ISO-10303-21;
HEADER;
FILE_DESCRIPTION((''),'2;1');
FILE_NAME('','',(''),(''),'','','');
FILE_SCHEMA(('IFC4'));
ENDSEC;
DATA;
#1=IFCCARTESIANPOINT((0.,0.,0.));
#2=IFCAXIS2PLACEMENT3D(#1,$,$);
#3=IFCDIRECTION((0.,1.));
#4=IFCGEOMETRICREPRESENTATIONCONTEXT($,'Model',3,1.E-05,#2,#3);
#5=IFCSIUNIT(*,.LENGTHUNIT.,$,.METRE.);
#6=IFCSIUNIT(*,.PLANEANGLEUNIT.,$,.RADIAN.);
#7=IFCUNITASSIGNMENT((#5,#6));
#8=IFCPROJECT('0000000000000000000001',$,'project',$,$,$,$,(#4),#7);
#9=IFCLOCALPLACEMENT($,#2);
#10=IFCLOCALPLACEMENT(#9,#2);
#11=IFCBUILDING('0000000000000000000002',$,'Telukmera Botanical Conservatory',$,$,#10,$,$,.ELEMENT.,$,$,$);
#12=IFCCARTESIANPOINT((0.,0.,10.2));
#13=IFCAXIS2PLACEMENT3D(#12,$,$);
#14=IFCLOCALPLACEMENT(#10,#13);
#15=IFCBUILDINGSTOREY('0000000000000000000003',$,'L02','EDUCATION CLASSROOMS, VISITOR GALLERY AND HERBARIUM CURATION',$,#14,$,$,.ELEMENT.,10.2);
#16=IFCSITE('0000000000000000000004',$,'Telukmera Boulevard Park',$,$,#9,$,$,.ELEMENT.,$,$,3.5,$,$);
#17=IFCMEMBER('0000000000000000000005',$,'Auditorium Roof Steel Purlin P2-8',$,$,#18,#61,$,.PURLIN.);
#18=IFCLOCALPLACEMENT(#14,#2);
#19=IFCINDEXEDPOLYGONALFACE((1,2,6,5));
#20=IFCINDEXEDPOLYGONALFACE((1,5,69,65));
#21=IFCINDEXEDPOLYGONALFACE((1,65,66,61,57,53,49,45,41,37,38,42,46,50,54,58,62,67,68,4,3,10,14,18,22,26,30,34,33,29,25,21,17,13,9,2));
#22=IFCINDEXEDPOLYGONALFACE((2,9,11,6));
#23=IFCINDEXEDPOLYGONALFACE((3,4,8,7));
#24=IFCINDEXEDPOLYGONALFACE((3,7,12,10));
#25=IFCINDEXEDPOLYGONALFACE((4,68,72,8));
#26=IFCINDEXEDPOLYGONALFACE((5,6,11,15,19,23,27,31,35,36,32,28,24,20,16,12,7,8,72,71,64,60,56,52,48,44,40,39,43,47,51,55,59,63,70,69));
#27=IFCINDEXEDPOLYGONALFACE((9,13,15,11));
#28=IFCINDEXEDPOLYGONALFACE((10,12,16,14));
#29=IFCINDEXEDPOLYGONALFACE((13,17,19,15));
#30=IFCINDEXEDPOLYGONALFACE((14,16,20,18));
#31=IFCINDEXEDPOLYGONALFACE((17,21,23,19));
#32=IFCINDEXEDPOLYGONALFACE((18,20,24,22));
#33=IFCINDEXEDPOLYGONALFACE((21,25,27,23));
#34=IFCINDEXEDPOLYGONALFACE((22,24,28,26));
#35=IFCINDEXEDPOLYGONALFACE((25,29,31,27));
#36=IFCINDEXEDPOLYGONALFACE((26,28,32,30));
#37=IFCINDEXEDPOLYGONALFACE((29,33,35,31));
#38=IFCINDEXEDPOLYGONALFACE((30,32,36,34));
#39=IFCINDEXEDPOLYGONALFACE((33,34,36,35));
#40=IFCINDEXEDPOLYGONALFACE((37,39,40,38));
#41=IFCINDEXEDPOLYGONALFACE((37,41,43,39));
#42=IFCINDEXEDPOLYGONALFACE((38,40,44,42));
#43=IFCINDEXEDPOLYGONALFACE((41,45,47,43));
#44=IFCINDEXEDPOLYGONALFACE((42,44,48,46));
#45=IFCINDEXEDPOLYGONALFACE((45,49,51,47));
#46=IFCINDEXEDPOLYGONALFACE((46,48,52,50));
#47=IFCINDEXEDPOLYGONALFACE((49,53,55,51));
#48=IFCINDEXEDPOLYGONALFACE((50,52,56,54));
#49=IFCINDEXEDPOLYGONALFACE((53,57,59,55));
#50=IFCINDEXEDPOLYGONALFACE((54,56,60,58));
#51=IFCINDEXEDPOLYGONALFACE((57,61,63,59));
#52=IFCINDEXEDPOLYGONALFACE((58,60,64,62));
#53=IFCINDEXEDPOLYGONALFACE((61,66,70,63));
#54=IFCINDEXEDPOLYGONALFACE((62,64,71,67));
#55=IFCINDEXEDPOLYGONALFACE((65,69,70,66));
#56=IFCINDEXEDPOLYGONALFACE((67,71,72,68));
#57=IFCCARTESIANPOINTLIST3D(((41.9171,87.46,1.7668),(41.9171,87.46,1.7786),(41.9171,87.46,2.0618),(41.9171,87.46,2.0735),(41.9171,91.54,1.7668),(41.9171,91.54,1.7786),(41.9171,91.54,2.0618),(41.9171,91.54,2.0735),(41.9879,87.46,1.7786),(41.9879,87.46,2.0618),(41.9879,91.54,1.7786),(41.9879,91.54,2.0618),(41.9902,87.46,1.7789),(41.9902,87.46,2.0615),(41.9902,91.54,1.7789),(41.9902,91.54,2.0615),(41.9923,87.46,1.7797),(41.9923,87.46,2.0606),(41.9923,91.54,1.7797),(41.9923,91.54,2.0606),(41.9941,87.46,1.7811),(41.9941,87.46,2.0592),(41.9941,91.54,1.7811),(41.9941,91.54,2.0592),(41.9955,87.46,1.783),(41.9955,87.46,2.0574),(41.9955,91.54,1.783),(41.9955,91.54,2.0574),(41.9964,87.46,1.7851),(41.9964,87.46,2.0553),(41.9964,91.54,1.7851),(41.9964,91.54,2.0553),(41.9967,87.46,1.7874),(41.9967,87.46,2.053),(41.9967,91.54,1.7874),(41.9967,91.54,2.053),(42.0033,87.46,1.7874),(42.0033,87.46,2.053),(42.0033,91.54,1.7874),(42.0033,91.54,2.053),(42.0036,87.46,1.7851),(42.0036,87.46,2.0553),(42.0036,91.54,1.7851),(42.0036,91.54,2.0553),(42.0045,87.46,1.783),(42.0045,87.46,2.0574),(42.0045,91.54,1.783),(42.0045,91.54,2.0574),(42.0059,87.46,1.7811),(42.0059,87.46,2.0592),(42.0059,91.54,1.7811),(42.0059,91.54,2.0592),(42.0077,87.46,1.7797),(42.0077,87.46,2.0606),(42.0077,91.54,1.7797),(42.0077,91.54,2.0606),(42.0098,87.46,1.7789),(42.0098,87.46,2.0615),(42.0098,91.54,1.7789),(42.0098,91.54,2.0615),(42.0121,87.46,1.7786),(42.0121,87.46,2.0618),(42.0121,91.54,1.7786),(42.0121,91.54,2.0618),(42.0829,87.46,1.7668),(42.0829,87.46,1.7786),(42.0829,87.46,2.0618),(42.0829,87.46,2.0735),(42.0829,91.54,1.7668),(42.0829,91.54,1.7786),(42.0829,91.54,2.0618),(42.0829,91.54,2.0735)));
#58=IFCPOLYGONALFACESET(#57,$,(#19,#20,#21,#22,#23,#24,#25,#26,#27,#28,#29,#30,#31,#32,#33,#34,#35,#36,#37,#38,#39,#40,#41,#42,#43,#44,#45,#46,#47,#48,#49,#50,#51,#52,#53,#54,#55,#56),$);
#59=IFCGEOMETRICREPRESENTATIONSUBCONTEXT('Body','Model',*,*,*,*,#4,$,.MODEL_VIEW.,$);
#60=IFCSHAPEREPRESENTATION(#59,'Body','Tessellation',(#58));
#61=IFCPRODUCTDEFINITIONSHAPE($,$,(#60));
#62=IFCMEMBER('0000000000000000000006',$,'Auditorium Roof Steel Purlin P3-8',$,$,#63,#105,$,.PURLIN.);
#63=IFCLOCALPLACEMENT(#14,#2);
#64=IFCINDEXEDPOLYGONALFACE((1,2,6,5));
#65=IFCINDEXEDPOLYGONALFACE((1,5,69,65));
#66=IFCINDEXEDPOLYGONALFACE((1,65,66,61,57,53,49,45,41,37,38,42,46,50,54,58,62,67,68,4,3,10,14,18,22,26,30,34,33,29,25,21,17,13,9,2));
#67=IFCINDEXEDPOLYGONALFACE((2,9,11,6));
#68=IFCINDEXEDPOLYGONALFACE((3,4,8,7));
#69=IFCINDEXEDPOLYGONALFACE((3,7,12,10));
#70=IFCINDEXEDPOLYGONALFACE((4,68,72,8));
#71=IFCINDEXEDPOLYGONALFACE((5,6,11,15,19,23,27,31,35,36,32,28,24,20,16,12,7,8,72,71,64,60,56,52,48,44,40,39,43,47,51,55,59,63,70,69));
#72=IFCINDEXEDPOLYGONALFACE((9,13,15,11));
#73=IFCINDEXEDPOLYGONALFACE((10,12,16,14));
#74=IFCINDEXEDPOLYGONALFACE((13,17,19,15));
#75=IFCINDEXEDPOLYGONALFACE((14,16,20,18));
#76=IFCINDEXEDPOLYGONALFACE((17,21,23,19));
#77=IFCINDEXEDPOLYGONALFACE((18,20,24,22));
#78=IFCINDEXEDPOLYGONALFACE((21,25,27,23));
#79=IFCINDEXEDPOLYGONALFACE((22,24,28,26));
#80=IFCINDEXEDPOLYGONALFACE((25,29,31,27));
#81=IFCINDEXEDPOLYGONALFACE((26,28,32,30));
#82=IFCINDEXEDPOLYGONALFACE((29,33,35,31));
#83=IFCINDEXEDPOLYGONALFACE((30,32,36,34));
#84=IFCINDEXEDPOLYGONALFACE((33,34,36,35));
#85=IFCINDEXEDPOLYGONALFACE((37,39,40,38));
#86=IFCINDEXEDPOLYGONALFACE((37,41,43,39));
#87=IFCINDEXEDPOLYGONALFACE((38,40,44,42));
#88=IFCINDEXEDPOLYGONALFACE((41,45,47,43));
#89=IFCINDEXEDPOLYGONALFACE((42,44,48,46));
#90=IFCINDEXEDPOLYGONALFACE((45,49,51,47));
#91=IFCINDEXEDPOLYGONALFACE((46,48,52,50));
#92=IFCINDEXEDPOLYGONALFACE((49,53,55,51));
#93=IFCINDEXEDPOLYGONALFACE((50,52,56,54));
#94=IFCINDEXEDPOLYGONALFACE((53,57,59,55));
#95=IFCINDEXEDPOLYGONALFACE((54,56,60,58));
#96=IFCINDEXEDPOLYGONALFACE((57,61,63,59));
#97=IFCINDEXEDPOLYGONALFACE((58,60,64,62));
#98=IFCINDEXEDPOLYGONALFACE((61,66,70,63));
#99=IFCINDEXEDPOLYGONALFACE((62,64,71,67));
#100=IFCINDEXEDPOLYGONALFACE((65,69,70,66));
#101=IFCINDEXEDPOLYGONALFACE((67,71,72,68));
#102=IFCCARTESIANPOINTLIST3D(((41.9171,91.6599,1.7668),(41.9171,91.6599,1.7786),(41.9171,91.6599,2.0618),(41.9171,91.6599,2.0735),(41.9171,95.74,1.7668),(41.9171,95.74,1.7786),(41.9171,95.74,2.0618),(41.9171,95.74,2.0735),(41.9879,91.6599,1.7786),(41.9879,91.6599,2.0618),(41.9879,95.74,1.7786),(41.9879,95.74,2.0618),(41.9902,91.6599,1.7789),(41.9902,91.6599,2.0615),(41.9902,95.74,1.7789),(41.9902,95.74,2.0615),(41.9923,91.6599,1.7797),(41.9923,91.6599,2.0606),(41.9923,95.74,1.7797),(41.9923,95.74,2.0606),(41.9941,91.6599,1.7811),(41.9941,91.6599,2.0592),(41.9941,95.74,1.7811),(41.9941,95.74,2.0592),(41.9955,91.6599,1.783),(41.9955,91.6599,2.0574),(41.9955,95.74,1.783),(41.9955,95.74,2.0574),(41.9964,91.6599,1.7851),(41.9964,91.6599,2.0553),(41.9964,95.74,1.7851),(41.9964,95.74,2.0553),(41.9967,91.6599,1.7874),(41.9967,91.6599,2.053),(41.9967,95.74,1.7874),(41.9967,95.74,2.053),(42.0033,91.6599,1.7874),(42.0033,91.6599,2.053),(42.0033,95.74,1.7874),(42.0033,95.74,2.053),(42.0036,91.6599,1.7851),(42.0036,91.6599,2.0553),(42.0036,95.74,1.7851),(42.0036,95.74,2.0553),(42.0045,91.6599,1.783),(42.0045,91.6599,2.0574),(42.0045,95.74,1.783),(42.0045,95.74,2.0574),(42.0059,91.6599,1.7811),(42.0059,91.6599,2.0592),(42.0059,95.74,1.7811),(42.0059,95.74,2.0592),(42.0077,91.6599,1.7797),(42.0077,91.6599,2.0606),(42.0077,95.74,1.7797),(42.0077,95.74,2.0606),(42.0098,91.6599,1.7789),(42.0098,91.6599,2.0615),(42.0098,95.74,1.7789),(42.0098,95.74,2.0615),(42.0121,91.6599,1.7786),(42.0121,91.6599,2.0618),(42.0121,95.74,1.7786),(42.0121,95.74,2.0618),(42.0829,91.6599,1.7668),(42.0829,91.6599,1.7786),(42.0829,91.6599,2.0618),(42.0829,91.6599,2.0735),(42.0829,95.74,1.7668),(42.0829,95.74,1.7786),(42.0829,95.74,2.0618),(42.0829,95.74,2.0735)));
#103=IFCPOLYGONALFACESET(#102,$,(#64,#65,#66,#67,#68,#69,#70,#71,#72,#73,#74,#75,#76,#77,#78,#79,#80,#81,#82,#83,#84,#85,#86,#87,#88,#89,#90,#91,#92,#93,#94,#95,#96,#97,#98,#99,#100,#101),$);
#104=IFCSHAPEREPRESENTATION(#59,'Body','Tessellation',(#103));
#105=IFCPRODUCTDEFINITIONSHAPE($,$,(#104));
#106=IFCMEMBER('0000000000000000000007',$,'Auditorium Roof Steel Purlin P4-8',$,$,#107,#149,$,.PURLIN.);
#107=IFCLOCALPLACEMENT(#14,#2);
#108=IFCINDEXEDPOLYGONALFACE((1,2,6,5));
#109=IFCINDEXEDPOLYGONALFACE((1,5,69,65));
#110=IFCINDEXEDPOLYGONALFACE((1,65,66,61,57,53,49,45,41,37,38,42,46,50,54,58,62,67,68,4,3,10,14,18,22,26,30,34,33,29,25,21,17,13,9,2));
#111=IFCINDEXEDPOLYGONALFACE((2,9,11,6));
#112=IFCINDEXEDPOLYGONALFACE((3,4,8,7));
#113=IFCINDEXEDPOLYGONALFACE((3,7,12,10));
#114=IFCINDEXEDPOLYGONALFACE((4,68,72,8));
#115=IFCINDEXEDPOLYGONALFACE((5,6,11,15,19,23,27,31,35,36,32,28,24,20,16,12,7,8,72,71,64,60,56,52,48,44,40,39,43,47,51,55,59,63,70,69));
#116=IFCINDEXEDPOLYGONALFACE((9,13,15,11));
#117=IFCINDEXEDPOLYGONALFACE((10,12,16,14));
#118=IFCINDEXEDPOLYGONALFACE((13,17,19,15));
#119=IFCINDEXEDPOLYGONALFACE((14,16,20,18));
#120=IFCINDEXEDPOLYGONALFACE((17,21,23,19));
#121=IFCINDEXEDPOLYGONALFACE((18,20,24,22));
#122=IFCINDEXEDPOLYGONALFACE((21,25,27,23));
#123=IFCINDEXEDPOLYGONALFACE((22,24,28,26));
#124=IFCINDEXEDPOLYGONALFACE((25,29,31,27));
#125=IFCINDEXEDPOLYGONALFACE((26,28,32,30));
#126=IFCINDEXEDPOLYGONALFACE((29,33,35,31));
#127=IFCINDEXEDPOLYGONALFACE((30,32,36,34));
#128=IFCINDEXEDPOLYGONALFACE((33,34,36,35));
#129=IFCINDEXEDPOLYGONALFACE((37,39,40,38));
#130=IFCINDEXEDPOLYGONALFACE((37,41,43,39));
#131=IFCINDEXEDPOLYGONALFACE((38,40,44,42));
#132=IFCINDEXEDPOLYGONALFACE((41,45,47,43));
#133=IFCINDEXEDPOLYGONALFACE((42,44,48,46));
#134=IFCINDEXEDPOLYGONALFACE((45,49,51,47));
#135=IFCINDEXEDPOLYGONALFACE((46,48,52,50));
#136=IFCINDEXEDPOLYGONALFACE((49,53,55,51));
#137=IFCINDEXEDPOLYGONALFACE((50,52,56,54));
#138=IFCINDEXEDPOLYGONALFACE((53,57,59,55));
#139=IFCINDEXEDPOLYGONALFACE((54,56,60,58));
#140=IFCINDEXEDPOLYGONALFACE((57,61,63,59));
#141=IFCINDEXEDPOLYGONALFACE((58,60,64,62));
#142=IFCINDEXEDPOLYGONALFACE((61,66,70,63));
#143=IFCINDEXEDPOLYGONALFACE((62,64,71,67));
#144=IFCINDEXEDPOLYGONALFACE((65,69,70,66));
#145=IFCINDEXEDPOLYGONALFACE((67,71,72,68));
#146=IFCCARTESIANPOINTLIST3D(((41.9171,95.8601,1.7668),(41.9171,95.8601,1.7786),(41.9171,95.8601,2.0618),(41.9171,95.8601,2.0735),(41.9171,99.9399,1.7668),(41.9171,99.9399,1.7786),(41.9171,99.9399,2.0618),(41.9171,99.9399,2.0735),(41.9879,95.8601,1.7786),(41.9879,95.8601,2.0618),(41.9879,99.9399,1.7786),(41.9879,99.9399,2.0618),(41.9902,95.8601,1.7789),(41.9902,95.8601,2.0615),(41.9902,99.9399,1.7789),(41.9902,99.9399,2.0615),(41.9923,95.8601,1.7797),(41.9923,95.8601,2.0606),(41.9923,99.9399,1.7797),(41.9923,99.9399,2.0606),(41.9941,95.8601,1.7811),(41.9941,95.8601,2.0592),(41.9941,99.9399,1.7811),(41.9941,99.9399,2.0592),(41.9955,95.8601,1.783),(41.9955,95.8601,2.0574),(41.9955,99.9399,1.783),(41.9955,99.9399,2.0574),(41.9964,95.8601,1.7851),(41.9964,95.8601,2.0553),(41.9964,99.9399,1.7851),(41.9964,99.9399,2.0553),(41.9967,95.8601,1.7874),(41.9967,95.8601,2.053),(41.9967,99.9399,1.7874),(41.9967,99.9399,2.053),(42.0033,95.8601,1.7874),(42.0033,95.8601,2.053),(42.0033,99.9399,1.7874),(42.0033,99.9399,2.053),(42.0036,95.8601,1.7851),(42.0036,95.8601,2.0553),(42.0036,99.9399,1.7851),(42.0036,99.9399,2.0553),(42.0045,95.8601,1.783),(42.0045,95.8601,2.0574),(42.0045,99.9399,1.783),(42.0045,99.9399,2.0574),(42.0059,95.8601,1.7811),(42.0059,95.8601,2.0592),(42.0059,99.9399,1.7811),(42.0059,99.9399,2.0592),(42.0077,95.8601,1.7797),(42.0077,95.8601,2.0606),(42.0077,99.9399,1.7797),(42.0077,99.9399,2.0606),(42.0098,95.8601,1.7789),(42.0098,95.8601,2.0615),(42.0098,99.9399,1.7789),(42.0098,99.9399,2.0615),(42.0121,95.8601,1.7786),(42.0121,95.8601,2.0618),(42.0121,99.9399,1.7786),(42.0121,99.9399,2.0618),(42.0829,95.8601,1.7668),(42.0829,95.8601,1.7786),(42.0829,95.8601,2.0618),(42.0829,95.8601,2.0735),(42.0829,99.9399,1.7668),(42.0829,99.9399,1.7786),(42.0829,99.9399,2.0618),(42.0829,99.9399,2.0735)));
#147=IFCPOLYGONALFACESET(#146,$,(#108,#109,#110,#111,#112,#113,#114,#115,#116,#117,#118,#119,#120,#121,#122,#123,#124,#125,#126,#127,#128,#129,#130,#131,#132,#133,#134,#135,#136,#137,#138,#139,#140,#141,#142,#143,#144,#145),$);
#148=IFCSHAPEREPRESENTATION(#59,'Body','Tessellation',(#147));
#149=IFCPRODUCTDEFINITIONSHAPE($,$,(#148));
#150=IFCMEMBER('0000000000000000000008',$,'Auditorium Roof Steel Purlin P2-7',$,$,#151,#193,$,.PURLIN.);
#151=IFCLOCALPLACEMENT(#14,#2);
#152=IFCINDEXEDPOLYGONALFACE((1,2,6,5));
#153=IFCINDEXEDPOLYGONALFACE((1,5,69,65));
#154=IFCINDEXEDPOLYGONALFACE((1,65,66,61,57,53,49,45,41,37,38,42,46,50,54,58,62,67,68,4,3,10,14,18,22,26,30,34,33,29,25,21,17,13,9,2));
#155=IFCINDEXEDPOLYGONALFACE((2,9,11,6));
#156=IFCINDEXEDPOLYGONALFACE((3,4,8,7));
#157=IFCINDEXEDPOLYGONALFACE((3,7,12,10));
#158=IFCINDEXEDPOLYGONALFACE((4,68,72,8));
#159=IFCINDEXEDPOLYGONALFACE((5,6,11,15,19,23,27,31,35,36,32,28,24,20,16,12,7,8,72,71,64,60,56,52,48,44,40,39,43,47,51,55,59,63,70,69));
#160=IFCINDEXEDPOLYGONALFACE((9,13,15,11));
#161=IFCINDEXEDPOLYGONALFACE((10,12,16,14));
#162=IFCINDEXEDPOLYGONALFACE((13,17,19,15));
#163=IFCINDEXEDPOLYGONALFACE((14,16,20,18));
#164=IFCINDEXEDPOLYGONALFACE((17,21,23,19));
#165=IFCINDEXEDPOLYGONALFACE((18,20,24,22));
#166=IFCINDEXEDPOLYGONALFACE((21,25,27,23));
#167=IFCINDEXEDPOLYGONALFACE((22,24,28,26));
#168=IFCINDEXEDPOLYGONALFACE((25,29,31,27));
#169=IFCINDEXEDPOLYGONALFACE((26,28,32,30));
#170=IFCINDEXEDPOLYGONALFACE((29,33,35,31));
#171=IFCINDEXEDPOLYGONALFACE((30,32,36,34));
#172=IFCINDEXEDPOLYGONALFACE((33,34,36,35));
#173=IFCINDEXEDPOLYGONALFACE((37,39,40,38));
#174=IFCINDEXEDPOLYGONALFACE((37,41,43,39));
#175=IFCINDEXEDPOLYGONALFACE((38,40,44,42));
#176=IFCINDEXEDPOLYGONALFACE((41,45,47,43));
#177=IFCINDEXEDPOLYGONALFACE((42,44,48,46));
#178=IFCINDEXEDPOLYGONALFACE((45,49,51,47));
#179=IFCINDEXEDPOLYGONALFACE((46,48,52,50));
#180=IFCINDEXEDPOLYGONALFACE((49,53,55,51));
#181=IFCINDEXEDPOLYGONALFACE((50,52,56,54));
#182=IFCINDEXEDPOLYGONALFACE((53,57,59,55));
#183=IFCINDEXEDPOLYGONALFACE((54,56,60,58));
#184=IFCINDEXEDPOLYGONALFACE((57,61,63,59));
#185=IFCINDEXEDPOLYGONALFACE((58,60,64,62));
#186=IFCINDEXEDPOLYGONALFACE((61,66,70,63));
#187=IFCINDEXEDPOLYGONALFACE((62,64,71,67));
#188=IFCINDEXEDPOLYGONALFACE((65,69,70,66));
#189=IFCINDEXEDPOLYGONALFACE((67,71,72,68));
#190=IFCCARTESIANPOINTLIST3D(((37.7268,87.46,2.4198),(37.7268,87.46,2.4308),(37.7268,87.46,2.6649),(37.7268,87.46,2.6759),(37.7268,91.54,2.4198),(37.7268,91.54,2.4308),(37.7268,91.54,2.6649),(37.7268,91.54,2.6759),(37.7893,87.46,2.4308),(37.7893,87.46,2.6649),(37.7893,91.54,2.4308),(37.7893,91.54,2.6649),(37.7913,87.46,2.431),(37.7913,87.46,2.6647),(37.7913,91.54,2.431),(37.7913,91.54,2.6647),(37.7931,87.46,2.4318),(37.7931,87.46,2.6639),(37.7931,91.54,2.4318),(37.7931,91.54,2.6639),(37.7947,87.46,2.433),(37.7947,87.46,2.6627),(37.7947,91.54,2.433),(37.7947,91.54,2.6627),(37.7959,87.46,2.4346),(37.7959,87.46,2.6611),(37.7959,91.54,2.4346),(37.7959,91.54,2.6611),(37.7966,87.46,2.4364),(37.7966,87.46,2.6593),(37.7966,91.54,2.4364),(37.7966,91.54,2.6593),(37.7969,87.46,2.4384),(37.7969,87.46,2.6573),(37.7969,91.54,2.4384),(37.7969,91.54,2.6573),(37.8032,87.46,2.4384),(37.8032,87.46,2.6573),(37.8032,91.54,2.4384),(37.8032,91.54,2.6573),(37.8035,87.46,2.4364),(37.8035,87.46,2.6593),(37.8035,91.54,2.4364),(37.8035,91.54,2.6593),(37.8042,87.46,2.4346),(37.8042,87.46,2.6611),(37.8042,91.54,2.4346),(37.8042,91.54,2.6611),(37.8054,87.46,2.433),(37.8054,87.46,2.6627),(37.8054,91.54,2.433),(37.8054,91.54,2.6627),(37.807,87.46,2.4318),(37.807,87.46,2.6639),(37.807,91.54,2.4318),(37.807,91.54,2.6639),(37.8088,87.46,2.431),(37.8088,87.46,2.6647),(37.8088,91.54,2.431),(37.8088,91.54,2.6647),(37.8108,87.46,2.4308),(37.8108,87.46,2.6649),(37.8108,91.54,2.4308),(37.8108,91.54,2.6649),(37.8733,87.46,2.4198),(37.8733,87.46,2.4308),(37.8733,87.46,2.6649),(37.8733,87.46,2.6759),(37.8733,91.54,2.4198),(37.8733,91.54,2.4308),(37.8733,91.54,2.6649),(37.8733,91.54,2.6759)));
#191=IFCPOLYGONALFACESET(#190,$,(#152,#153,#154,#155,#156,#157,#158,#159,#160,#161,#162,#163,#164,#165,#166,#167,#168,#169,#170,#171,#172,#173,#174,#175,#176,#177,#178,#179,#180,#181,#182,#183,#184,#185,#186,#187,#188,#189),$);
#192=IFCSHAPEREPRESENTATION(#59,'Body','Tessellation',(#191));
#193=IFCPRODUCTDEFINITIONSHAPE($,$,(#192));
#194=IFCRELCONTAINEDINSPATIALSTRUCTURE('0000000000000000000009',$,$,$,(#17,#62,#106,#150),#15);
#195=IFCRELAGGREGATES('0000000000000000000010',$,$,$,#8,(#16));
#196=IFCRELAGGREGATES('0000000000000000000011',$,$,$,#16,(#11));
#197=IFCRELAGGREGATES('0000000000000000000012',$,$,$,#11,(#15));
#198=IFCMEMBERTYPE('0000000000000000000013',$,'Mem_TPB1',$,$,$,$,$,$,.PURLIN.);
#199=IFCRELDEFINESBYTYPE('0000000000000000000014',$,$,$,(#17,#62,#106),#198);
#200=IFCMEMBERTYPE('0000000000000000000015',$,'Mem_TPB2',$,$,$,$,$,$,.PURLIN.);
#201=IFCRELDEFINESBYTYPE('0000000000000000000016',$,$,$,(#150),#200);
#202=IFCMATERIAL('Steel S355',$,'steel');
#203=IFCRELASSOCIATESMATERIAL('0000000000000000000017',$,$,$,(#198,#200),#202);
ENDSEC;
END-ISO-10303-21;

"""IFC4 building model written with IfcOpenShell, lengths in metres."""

from ifc_helpers import new_model, si_unit, direction, frame, origin, origin_2d, place, context, subcontext, project, spatial, i_section, extrude, material, material_profile, profile_set, type_object, element, save


model = new_model("IFC4")

# Units and contexts
model_context = context("Model", 3, precision=1e-05, world=origin(), true_north=direction((0.0, 1.0)))
body_context = subcontext(model_context, "Body", "Model", "MODEL_VIEW")
ifc_project = project(units=[si_unit("LENGTHUNIT", "METRE"), si_unit("PLANEANGLEUNIT", "RADIAN")], contexts=[model_context])

# Site, building, storey
site_placement = place(None, origin())
site = spatial("IfcSite", under=ifc_project, at=site_placement, Name="Telukmera Boulevard Park", CompositionType="ELEMENT", RefElevation=3.5)
building_placement = place(site_placement, origin())
building = spatial("IfcBuilding", under=site, at=building_placement, Name="Telukmera Botanical Conservatory", CompositionType="ELEMENT")
storey_placement = place(building_placement, frame((0.0, 0.0, 10.2)))
storey = spatial("IfcBuildingStorey", under=building, at=storey_placement, Name="L02", Description="EDUCATION CLASSROOMS, VISITOR GALLERY AND HERBARIUM CURATION", CompositionType="ELEMENT", Elevation=10.2)

# Members
ifc_material_1 = material(Name="Steel S355", Category="steel")
ifc_material_profile_1 = material_profile(ifc_material_1, i_section(OverallWidth=0.1658, OverallDepth=0.3066, WebThickness=0.0066, FlangeThickness=0.0117, FilletRadius=0.0088, at=origin_2d()), Name="UB 305x165x46")
ifc_profile_set_1 = profile_set([ifc_material_profile_1], Name="Steel S355")
member_type_1 = type_object("IfcMemberType", Name="Mem_TPB1", PredefinedType="PURLIN", material=ifc_profile_set_1)
for number, where, z_axis, x_axis, name in (
    (1, (42.0, 87.46, 1.9202), (0.0, 1.0, 0.0), (-1.0, 0.0, 0.0), "Auditorium Roof Steel Purlin P2-8"),
    (2, (42.0, 91.6599, 1.9202), (0.0, 1.0, 0.0), (-1.0, 0.0, 0.0), "Auditorium Roof Steel Purlin P3-8"),
):
    element("IfcMember", number, at=place(storey_placement, frame(where, z_axis=z_axis, x_axis=x_axis)), inside=storey, type_object=member_type_1, Name=name, PredefinedType="PURLIN", context=body_context, shape_type="SweptSolid", body=[
        extrude(i_section(OverallWidth=0.1658, OverallDepth=0.3066, WebThickness=0.0066, FlangeThickness=0.0117, FilletRadius=0.0088, at=origin_2d()), origin(), (0.0, 0.0, 1.0), 4.0801),
    ])
member_1_placement = place(storey_placement, frame((42.0, 95.8601, 1.9202), z_axis=(0.0, 1.0, 0.0), x_axis=(-1.0, 0.0, 0.0)))
element("IfcMember", 3, at=member_1_placement, inside=storey, type_object=member_type_1, Name="Auditorium Roof Steel Purlin P4-8", PredefinedType="PURLIN", context=body_context, shape_type="SweptSolid", body=[
    extrude(i_section(OverallWidth=0.1658, OverallDepth=0.3066, WebThickness=0.0066, FlangeThickness=0.0117, FilletRadius=0.0088, at=origin_2d()), origin(), (0.0, 0.0, 1.0), 4.0798),
])
ifc_material_profile_2 = material_profile(ifc_material_1, i_section(OverallWidth=0.1465, OverallDepth=0.2561, WebThickness=0.0063, FlangeThickness=0.011, FilletRadius=0.0076, at=origin_2d()), Name="UB 254x146x37")
ifc_profile_set_2 = profile_set([ifc_material_profile_2], Name="Steel S355")
member_type_2 = type_object("IfcMemberType", Name="Mem_TPB2", PredefinedType="PURLIN", material=ifc_profile_set_2)
for number, where, z_axis, x_axis, name in (
    (4, (37.8, 87.46, 2.5479), (0.0, 1.0, 0.0), (-1.0, 0.0, 0.0), "Auditorium Roof Steel Purlin P2-7"),
):
    element("IfcMember", number, at=place(storey_placement, frame(where, z_axis=z_axis, x_axis=x_axis)), inside=storey, type_object=member_type_2, Name=name, PredefinedType="PURLIN", context=body_context, shape_type="SweptSolid", body=[
        extrude(i_section(OverallWidth=0.1465, OverallDepth=0.2561, WebThickness=0.0063, FlangeThickness=0.011, FilletRadius=0.0076, at=origin_2d()), origin(), (0.0, 0.0, 1.0), 4.0801),
    ])

save(model, "model.ifc")
